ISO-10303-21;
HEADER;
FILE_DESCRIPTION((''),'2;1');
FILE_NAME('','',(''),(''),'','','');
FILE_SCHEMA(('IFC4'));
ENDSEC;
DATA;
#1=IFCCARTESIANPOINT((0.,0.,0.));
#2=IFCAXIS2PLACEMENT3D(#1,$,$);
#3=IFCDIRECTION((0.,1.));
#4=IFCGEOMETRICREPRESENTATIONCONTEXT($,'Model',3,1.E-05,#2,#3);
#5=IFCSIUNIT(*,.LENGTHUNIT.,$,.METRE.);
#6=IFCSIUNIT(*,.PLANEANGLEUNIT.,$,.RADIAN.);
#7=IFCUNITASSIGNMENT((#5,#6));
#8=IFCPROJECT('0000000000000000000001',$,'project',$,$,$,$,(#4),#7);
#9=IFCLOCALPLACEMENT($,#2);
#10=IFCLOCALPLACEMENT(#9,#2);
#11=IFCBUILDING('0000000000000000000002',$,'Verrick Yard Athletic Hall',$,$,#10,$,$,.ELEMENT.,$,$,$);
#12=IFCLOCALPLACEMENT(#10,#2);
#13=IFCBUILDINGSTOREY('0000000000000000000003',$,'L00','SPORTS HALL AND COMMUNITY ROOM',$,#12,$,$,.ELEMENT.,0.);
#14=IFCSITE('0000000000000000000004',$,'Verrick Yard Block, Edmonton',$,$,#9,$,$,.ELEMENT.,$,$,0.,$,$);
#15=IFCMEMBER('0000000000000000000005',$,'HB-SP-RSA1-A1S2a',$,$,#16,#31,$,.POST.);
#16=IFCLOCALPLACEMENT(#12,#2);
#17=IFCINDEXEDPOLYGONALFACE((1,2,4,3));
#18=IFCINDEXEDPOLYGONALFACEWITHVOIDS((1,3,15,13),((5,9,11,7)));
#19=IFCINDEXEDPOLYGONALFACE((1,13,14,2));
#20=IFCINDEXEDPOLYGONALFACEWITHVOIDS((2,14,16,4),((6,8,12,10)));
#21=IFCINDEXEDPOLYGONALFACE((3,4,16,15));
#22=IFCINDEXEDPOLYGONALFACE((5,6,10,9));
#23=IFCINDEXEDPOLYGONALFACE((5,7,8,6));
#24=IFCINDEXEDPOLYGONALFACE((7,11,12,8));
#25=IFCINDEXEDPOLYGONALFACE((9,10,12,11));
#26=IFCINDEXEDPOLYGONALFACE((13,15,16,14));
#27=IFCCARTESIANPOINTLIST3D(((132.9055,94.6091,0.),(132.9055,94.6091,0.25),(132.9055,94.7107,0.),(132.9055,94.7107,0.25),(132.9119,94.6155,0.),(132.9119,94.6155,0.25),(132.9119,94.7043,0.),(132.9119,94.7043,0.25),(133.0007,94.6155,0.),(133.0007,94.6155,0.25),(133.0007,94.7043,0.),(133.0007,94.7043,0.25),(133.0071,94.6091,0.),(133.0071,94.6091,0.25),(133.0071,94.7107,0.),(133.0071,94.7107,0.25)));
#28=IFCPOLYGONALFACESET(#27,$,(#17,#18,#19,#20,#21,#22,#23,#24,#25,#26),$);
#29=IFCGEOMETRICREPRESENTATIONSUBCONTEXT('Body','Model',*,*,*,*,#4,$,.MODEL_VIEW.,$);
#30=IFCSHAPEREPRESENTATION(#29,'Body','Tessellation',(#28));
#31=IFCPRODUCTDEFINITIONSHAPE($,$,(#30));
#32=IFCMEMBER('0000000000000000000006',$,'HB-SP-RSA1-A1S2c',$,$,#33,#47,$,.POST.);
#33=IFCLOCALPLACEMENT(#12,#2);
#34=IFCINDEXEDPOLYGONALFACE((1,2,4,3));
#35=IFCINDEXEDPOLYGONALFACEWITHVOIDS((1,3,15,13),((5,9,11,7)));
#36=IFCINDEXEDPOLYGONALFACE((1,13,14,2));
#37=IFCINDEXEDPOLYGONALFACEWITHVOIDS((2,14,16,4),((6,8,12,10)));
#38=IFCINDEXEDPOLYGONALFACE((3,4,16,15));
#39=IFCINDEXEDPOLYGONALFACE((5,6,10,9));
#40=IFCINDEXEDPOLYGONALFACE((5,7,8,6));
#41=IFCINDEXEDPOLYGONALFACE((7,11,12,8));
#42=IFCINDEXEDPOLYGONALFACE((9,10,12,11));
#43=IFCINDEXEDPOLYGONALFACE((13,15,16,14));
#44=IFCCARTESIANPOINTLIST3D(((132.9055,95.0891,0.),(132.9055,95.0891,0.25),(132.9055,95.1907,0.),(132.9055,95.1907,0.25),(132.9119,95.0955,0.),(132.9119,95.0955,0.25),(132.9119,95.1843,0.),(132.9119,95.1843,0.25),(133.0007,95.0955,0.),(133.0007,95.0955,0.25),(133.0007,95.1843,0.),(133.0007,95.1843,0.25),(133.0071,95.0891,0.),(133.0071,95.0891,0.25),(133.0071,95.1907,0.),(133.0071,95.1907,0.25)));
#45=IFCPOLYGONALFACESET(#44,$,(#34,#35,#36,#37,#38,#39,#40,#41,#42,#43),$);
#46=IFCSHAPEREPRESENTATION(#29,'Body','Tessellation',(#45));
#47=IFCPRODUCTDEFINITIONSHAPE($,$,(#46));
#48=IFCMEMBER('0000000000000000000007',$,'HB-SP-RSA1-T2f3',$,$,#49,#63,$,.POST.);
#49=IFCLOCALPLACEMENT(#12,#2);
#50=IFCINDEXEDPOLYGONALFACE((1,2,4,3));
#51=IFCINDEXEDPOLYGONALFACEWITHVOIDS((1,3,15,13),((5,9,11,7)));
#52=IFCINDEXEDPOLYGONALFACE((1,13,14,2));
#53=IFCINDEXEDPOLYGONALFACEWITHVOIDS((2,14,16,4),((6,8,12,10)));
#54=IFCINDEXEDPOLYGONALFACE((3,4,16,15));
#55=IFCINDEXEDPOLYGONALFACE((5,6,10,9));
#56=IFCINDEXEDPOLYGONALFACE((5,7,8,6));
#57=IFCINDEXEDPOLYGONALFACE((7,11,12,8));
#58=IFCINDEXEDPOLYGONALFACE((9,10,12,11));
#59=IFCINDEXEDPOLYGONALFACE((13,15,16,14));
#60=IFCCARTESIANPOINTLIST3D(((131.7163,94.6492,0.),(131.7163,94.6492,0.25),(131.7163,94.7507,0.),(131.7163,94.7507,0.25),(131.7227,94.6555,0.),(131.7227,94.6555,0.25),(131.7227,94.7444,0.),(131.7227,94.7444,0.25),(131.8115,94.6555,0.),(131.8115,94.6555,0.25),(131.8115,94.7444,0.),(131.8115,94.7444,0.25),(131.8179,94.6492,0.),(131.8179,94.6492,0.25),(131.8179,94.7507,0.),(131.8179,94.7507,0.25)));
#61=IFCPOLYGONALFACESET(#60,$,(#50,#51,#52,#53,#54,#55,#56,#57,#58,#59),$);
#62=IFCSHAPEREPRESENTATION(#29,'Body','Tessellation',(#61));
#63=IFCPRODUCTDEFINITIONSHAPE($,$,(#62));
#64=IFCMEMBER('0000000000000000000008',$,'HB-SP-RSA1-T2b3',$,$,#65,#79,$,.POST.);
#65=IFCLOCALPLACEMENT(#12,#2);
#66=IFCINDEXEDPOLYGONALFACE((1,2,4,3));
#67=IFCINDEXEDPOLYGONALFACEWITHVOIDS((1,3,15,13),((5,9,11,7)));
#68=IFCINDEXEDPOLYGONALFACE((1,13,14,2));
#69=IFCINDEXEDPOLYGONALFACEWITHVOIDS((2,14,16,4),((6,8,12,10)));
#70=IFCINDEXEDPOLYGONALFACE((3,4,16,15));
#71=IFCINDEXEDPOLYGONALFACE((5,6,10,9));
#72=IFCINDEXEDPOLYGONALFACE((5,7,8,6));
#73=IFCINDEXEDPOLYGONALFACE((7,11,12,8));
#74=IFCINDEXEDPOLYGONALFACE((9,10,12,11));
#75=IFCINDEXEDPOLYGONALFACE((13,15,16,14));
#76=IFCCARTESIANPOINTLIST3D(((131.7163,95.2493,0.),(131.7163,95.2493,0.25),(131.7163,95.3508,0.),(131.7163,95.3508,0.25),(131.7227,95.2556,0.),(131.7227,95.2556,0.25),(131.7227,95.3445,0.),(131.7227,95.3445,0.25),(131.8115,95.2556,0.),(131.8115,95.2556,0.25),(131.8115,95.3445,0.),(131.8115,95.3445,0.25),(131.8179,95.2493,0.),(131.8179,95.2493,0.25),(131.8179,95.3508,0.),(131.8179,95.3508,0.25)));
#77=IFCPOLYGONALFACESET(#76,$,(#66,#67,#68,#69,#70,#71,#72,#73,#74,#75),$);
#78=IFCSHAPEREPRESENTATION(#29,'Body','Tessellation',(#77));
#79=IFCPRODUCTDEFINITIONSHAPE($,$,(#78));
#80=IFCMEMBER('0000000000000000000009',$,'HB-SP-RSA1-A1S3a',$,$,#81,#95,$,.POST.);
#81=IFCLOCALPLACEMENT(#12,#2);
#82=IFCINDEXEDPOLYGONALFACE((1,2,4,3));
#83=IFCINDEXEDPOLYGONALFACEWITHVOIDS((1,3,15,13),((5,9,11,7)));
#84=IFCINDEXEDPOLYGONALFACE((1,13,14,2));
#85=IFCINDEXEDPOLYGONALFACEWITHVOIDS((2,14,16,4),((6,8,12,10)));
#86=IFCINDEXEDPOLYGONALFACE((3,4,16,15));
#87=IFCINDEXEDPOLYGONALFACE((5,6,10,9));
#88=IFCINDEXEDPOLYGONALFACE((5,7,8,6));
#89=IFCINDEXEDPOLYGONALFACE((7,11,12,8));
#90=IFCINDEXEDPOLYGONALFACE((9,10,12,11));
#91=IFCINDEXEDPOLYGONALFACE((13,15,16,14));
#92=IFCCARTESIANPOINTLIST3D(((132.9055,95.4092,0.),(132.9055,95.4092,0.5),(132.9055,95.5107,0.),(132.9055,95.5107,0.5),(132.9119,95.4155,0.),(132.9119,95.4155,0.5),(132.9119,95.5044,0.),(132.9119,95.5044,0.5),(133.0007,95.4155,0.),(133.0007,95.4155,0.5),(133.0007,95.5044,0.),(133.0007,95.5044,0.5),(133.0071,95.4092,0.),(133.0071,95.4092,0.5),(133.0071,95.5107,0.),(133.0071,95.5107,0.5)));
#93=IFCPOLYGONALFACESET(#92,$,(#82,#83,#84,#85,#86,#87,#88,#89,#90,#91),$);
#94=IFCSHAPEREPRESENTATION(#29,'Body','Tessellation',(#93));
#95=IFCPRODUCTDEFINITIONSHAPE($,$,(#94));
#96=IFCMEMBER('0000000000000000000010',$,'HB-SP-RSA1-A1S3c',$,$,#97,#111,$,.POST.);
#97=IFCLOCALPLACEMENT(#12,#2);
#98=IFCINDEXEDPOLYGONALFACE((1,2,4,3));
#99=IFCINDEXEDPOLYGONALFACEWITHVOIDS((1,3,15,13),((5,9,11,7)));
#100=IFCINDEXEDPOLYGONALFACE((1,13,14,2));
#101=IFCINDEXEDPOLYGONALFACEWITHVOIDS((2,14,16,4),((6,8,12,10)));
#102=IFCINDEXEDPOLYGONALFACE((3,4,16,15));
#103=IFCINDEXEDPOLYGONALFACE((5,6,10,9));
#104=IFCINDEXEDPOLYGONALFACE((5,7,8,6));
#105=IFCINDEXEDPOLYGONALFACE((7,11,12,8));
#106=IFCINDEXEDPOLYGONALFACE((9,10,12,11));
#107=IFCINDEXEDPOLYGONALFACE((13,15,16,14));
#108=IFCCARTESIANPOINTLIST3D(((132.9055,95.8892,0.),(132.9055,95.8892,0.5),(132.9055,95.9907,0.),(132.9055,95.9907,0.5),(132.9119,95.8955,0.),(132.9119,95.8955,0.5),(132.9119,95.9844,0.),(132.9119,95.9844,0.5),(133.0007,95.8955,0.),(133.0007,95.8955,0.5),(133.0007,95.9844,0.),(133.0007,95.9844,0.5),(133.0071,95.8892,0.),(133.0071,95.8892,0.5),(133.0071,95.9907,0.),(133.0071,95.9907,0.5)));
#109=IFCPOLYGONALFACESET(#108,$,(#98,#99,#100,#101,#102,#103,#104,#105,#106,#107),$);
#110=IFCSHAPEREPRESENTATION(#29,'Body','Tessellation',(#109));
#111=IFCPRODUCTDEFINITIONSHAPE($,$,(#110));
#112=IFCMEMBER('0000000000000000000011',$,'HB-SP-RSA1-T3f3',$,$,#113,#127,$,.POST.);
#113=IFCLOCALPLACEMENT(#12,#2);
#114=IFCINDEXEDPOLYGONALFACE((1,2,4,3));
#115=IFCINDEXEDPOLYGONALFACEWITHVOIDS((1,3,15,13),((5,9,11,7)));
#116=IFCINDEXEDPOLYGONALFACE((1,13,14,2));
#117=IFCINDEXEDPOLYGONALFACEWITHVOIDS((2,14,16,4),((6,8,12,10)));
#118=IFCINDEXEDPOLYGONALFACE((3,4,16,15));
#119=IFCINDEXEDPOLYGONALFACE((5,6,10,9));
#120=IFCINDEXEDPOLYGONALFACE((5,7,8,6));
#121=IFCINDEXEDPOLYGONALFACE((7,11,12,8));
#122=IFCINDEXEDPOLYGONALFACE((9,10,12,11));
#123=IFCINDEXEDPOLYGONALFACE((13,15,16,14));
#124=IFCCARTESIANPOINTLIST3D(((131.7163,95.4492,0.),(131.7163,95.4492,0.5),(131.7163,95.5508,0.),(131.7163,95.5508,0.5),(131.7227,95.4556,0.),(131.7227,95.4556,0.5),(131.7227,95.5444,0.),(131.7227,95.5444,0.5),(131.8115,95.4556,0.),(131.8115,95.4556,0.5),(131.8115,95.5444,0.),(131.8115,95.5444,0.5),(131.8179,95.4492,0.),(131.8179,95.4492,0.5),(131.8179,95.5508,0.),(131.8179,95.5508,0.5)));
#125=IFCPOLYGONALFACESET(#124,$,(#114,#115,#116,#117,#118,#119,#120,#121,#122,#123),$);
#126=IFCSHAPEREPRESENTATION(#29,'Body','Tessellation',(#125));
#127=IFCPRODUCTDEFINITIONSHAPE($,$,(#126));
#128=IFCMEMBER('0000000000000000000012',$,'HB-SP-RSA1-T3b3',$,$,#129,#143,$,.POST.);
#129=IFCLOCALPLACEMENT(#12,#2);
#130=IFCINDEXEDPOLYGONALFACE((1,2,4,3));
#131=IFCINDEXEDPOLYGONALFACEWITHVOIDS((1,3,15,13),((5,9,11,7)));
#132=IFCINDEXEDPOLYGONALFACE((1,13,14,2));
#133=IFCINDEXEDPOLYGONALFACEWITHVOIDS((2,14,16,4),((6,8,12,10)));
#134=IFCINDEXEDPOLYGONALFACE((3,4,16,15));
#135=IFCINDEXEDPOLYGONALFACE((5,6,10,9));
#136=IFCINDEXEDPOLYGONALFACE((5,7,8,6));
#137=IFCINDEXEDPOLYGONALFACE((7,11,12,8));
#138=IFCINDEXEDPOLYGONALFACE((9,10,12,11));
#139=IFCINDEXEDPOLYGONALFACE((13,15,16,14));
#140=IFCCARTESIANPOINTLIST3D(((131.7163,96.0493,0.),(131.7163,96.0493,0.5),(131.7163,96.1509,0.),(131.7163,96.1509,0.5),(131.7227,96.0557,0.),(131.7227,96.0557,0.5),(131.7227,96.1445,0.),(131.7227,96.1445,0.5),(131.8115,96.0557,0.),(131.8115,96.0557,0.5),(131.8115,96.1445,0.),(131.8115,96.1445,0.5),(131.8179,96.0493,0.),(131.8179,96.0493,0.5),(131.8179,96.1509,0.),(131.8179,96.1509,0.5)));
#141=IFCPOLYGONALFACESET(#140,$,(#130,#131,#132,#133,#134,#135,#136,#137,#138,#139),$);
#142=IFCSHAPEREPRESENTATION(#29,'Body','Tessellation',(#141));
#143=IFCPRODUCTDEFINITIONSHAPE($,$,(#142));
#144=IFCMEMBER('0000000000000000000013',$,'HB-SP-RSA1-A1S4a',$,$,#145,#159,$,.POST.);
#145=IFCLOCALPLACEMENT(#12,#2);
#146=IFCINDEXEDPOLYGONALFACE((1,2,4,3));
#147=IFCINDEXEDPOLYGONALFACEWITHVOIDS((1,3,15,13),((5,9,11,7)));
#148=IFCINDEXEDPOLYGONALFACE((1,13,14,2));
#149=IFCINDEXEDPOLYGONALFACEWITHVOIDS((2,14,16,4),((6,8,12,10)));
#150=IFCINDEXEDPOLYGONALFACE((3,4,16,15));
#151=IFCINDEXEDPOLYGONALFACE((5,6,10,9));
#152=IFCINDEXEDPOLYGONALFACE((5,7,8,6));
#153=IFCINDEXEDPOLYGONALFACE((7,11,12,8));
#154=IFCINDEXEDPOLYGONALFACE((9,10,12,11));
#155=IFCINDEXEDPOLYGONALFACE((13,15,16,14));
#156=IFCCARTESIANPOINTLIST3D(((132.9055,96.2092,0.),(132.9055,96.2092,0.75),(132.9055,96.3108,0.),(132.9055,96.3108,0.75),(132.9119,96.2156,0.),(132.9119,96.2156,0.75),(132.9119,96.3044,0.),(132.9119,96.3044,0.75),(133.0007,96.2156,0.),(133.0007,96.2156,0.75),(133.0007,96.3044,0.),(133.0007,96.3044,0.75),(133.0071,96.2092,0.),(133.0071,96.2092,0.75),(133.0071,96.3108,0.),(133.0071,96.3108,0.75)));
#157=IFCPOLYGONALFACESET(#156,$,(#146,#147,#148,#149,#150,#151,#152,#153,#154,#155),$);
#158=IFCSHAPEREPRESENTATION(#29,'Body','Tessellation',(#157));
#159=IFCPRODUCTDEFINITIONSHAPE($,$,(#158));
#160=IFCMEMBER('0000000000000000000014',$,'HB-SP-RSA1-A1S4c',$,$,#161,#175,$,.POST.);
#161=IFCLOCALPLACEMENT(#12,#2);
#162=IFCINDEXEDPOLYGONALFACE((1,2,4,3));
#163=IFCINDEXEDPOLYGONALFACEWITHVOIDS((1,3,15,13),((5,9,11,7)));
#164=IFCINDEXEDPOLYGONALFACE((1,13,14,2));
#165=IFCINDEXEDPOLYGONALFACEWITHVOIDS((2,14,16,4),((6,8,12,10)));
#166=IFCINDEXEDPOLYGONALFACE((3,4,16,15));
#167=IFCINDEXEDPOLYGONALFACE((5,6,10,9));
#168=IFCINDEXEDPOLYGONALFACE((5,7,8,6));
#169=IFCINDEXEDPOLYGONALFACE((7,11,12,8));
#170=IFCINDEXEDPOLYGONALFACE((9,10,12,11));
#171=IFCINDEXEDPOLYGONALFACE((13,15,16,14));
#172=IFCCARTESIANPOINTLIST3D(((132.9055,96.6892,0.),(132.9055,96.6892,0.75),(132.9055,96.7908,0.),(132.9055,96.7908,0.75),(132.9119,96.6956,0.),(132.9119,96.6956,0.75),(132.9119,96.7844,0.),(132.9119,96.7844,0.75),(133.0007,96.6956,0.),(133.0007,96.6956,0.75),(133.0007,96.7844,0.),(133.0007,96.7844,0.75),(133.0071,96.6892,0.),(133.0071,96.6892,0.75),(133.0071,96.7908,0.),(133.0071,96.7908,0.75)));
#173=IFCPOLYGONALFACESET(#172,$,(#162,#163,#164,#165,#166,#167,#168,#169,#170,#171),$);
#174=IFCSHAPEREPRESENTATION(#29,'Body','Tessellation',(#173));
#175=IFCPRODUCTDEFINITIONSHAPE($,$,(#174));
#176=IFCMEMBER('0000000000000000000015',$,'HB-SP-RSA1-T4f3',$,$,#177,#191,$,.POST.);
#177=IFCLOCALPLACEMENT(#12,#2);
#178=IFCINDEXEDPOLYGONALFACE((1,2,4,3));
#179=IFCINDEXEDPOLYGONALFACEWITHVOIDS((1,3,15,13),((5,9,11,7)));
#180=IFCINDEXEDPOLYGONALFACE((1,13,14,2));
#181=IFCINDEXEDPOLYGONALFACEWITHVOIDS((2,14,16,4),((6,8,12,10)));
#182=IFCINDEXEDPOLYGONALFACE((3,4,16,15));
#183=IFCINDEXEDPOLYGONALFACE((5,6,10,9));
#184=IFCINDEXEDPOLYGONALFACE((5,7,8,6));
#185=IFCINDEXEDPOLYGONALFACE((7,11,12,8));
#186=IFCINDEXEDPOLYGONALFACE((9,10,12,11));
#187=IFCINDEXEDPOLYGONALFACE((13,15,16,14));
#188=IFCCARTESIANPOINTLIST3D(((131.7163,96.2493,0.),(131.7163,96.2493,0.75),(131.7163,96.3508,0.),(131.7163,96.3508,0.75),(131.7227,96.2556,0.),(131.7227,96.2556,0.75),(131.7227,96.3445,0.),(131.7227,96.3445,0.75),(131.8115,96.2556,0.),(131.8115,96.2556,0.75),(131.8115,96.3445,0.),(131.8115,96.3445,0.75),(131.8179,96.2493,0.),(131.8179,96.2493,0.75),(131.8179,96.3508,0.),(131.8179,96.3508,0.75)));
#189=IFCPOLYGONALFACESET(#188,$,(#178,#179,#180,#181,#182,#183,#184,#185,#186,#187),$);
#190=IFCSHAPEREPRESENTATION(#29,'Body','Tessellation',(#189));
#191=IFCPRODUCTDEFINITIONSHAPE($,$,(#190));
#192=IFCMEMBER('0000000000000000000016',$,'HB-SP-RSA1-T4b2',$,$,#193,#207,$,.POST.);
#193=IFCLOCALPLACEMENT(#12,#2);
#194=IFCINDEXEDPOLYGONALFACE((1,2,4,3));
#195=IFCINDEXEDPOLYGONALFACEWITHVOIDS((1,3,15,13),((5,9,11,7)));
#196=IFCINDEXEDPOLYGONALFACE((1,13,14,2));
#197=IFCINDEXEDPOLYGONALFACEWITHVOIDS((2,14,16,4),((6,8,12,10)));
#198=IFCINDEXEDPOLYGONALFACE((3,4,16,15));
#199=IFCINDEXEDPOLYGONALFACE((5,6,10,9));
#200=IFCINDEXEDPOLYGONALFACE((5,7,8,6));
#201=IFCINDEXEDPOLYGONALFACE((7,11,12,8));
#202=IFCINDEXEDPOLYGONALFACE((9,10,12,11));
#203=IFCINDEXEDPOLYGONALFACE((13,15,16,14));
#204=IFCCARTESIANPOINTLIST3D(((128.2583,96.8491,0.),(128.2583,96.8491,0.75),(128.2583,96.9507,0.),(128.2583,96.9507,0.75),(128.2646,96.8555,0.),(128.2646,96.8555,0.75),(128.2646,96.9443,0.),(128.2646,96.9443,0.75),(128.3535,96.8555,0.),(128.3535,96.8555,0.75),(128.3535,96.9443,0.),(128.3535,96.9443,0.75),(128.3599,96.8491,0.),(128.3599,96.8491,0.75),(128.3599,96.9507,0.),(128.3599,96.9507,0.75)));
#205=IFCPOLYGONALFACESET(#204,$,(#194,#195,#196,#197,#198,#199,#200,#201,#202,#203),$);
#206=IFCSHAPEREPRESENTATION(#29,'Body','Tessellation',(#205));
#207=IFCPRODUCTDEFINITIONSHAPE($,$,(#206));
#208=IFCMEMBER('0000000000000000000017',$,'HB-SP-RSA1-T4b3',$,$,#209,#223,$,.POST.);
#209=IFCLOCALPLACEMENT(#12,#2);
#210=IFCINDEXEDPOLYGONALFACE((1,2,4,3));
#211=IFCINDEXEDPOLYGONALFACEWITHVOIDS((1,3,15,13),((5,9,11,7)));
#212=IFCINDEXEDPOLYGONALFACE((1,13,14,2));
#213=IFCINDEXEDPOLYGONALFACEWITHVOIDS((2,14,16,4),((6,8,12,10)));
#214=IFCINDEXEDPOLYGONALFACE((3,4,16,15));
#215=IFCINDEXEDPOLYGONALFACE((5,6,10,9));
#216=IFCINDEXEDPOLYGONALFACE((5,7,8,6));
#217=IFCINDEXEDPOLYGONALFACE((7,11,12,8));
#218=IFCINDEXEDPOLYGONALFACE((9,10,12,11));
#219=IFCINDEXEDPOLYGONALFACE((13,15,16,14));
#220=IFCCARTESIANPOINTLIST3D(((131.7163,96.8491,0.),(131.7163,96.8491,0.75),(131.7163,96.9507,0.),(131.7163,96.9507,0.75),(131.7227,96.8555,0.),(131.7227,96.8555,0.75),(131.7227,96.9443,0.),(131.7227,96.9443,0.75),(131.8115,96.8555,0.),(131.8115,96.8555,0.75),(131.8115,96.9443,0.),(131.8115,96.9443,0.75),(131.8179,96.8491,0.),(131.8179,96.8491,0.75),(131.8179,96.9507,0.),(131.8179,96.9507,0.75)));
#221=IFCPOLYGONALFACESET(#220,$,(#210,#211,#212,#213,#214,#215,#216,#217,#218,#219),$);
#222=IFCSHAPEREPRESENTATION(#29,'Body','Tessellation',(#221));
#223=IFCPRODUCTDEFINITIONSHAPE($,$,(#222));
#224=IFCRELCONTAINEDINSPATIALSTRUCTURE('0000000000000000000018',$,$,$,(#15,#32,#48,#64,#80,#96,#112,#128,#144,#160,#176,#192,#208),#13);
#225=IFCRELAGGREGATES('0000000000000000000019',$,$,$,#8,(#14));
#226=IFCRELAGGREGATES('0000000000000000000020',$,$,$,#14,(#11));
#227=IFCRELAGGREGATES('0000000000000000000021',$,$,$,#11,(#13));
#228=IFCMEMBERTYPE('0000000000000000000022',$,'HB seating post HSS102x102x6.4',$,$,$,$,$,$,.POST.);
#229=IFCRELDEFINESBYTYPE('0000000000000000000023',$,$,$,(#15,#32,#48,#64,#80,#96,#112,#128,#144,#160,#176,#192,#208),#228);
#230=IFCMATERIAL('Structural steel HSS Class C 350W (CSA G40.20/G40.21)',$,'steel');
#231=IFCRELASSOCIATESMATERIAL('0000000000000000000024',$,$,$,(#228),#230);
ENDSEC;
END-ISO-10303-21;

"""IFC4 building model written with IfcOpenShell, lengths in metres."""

from ifc_helpers import new_model, si_unit, direction, frame, origin, origin_2d, place, context, subcontext, project, spatial, hollow_rectangle, extrude, material, material_profile, profile_set, type_object, element, save


model = new_model("IFC4")

# Units and contexts
model_context = context("Model", 3, precision=1e-05, world=origin(), true_north=direction((0.0, 1.0)))
body_context = subcontext(model_context, "Body", "Model", "MODEL_VIEW")
ifc_project = project(units=[si_unit("LENGTHUNIT", "METRE"), si_unit("PLANEANGLEUNIT", "RADIAN")], contexts=[model_context])

# Site, building, storey
site_placement = place(None, origin())
site = spatial("IfcSite", under=ifc_project, at=site_placement, Name="Verrick Yard Block, Edmonton", CompositionType="ELEMENT", RefElevation=0.0)
building_placement = place(site_placement, origin())
building = spatial("IfcBuilding", under=site, at=building_placement, Name="Verrick Yard Athletic Hall", CompositionType="ELEMENT")
storey_placement = place(building_placement, origin())
storey = spatial("IfcBuildingStorey", under=building, at=storey_placement, Name="L00", Description="SPORTS HALL AND COMMUNITY ROOM", CompositionType="ELEMENT", Elevation=0.0)

# Members
ifc_material = material(Name="Structural steel HSS Class C 350W (CSA G40.20/G40.21)", Category="steel")
ifc_material_profile = material_profile(ifc_material, hollow_rectangle(XDim=0.1016, YDim=0.1016, WallThickness=0.0063, at=origin_2d()), Name="HSS102x102x6.4")
ifc_profile_set = profile_set([ifc_material_profile], Name="Structural steel HSS Class C 350W (CSA G40.20/G40.21)")
member_type = type_object("IfcMemberType", Name="HB seating post HSS102x102x6.4", PredefinedType="POST", material=ifc_profile_set)
for number, where, z_axis, x_axis, name in (
    (1, (132.9563, 94.6599, 0.0), (0.0, 0.0, 1.0), (0.0, 1.0, 0.0), "HB-SP-RSA1-A1S2a"),
    (2, (132.9563, 95.1399, 0.0), (0.0, 0.0, 1.0), (0.0, 1.0, 0.0), "HB-SP-RSA1-A1S2c"),
    (3, (131.7671, 94.7, 0.0), (0.0, 0.0, 1.0), (0.0, 1.0, 0.0), "HB-SP-RSA1-T2f3"),
    (4, (131.7671, 95.3, 0.0), (0.0, 0.0, 1.0), (0.0, 1.0, 0.0), "HB-SP-RSA1-T2b3"),
):
    element("IfcMember", number, at=place(storey_placement, frame(where, z_axis=z_axis, x_axis=x_axis)), inside=storey, type_object=member_type, Name=name, PredefinedType="POST", context=body_context, shape_type="SweptSolid", body=[
        extrude(hollow_rectangle(XDim=0.1016, YDim=0.1016, WallThickness=0.0063, at=origin_2d()), origin(), (0.0, 0.0, 1.0), 0.25),
    ])
for number, where, z_axis, x_axis, name in (
    (5, (132.9563, 95.46, 0.0), (0.0, 0.0, 1.0), (0.0, 1.0, 0.0), "HB-SP-RSA1-A1S3a"),
    (6, (132.9563, 95.9399, 0.0), (0.0, 0.0, 1.0), (0.0, 1.0, 0.0), "HB-SP-RSA1-A1S3c"),
    (7, (131.7671, 95.5, 0.0), (0.0, 0.0, 1.0), (0.0, 1.0, 0.0), "HB-SP-RSA1-T3f3"),
    (8, (131.7671, 96.1001, 0.0), (0.0, 0.0, 1.0), (0.0, 1.0, 0.0), "HB-SP-RSA1-T3b3"),
):
    element("IfcMember", number, at=place(storey_placement, frame(where, z_axis=z_axis, x_axis=x_axis)), inside=storey, type_object=member_type, Name=name, PredefinedType="POST", context=body_context, shape_type="SweptSolid", body=[
        extrude(hollow_rectangle(XDim=0.1016, YDim=0.1016, WallThickness=0.0063, at=origin_2d()), origin(), (0.0, 0.0, 1.0), 0.5),
    ])
for number, where, z_axis, x_axis, name in (
    (9, (132.9563, 96.26, 0.0), (0.0, 0.0, 1.0), (0.0, 1.0, 0.0), "HB-SP-RSA1-A1S4a"),
    (10, (132.9563, 96.74, 0.0), (0.0, 0.0, 1.0), (0.0, 1.0, 0.0), "HB-SP-RSA1-A1S4c"),
    (11, (131.7671, 96.3, 0.0), (0.0, 0.0, 1.0), (0.0, 1.0, 0.0), "HB-SP-RSA1-T4f3"),
    (12, (128.3091, 96.8999, 0.0), (0.0, 0.0, 1.0), (0.0, 1.0, 0.0), "HB-SP-RSA1-T4b2"),
    (13, (131.7671, 96.8999, 0.0), (0.0, 0.0, 1.0), (0.0, 1.0, 0.0), "HB-SP-RSA1-T4b3"),
):
    element("IfcMember", number, at=place(storey_placement, frame(where, z_axis=z_axis, x_axis=x_axis)), inside=storey, type_object=member_type, Name=name, PredefinedType="POST", context=body_context, shape_type="SweptSolid", body=[
        extrude(hollow_rectangle(XDim=0.1016, YDim=0.1016, WallThickness=0.0063, at=origin_2d()), origin(), (0.0, 0.0, 1.0), 0.75),
    ])

save(model, "model.ifc")
